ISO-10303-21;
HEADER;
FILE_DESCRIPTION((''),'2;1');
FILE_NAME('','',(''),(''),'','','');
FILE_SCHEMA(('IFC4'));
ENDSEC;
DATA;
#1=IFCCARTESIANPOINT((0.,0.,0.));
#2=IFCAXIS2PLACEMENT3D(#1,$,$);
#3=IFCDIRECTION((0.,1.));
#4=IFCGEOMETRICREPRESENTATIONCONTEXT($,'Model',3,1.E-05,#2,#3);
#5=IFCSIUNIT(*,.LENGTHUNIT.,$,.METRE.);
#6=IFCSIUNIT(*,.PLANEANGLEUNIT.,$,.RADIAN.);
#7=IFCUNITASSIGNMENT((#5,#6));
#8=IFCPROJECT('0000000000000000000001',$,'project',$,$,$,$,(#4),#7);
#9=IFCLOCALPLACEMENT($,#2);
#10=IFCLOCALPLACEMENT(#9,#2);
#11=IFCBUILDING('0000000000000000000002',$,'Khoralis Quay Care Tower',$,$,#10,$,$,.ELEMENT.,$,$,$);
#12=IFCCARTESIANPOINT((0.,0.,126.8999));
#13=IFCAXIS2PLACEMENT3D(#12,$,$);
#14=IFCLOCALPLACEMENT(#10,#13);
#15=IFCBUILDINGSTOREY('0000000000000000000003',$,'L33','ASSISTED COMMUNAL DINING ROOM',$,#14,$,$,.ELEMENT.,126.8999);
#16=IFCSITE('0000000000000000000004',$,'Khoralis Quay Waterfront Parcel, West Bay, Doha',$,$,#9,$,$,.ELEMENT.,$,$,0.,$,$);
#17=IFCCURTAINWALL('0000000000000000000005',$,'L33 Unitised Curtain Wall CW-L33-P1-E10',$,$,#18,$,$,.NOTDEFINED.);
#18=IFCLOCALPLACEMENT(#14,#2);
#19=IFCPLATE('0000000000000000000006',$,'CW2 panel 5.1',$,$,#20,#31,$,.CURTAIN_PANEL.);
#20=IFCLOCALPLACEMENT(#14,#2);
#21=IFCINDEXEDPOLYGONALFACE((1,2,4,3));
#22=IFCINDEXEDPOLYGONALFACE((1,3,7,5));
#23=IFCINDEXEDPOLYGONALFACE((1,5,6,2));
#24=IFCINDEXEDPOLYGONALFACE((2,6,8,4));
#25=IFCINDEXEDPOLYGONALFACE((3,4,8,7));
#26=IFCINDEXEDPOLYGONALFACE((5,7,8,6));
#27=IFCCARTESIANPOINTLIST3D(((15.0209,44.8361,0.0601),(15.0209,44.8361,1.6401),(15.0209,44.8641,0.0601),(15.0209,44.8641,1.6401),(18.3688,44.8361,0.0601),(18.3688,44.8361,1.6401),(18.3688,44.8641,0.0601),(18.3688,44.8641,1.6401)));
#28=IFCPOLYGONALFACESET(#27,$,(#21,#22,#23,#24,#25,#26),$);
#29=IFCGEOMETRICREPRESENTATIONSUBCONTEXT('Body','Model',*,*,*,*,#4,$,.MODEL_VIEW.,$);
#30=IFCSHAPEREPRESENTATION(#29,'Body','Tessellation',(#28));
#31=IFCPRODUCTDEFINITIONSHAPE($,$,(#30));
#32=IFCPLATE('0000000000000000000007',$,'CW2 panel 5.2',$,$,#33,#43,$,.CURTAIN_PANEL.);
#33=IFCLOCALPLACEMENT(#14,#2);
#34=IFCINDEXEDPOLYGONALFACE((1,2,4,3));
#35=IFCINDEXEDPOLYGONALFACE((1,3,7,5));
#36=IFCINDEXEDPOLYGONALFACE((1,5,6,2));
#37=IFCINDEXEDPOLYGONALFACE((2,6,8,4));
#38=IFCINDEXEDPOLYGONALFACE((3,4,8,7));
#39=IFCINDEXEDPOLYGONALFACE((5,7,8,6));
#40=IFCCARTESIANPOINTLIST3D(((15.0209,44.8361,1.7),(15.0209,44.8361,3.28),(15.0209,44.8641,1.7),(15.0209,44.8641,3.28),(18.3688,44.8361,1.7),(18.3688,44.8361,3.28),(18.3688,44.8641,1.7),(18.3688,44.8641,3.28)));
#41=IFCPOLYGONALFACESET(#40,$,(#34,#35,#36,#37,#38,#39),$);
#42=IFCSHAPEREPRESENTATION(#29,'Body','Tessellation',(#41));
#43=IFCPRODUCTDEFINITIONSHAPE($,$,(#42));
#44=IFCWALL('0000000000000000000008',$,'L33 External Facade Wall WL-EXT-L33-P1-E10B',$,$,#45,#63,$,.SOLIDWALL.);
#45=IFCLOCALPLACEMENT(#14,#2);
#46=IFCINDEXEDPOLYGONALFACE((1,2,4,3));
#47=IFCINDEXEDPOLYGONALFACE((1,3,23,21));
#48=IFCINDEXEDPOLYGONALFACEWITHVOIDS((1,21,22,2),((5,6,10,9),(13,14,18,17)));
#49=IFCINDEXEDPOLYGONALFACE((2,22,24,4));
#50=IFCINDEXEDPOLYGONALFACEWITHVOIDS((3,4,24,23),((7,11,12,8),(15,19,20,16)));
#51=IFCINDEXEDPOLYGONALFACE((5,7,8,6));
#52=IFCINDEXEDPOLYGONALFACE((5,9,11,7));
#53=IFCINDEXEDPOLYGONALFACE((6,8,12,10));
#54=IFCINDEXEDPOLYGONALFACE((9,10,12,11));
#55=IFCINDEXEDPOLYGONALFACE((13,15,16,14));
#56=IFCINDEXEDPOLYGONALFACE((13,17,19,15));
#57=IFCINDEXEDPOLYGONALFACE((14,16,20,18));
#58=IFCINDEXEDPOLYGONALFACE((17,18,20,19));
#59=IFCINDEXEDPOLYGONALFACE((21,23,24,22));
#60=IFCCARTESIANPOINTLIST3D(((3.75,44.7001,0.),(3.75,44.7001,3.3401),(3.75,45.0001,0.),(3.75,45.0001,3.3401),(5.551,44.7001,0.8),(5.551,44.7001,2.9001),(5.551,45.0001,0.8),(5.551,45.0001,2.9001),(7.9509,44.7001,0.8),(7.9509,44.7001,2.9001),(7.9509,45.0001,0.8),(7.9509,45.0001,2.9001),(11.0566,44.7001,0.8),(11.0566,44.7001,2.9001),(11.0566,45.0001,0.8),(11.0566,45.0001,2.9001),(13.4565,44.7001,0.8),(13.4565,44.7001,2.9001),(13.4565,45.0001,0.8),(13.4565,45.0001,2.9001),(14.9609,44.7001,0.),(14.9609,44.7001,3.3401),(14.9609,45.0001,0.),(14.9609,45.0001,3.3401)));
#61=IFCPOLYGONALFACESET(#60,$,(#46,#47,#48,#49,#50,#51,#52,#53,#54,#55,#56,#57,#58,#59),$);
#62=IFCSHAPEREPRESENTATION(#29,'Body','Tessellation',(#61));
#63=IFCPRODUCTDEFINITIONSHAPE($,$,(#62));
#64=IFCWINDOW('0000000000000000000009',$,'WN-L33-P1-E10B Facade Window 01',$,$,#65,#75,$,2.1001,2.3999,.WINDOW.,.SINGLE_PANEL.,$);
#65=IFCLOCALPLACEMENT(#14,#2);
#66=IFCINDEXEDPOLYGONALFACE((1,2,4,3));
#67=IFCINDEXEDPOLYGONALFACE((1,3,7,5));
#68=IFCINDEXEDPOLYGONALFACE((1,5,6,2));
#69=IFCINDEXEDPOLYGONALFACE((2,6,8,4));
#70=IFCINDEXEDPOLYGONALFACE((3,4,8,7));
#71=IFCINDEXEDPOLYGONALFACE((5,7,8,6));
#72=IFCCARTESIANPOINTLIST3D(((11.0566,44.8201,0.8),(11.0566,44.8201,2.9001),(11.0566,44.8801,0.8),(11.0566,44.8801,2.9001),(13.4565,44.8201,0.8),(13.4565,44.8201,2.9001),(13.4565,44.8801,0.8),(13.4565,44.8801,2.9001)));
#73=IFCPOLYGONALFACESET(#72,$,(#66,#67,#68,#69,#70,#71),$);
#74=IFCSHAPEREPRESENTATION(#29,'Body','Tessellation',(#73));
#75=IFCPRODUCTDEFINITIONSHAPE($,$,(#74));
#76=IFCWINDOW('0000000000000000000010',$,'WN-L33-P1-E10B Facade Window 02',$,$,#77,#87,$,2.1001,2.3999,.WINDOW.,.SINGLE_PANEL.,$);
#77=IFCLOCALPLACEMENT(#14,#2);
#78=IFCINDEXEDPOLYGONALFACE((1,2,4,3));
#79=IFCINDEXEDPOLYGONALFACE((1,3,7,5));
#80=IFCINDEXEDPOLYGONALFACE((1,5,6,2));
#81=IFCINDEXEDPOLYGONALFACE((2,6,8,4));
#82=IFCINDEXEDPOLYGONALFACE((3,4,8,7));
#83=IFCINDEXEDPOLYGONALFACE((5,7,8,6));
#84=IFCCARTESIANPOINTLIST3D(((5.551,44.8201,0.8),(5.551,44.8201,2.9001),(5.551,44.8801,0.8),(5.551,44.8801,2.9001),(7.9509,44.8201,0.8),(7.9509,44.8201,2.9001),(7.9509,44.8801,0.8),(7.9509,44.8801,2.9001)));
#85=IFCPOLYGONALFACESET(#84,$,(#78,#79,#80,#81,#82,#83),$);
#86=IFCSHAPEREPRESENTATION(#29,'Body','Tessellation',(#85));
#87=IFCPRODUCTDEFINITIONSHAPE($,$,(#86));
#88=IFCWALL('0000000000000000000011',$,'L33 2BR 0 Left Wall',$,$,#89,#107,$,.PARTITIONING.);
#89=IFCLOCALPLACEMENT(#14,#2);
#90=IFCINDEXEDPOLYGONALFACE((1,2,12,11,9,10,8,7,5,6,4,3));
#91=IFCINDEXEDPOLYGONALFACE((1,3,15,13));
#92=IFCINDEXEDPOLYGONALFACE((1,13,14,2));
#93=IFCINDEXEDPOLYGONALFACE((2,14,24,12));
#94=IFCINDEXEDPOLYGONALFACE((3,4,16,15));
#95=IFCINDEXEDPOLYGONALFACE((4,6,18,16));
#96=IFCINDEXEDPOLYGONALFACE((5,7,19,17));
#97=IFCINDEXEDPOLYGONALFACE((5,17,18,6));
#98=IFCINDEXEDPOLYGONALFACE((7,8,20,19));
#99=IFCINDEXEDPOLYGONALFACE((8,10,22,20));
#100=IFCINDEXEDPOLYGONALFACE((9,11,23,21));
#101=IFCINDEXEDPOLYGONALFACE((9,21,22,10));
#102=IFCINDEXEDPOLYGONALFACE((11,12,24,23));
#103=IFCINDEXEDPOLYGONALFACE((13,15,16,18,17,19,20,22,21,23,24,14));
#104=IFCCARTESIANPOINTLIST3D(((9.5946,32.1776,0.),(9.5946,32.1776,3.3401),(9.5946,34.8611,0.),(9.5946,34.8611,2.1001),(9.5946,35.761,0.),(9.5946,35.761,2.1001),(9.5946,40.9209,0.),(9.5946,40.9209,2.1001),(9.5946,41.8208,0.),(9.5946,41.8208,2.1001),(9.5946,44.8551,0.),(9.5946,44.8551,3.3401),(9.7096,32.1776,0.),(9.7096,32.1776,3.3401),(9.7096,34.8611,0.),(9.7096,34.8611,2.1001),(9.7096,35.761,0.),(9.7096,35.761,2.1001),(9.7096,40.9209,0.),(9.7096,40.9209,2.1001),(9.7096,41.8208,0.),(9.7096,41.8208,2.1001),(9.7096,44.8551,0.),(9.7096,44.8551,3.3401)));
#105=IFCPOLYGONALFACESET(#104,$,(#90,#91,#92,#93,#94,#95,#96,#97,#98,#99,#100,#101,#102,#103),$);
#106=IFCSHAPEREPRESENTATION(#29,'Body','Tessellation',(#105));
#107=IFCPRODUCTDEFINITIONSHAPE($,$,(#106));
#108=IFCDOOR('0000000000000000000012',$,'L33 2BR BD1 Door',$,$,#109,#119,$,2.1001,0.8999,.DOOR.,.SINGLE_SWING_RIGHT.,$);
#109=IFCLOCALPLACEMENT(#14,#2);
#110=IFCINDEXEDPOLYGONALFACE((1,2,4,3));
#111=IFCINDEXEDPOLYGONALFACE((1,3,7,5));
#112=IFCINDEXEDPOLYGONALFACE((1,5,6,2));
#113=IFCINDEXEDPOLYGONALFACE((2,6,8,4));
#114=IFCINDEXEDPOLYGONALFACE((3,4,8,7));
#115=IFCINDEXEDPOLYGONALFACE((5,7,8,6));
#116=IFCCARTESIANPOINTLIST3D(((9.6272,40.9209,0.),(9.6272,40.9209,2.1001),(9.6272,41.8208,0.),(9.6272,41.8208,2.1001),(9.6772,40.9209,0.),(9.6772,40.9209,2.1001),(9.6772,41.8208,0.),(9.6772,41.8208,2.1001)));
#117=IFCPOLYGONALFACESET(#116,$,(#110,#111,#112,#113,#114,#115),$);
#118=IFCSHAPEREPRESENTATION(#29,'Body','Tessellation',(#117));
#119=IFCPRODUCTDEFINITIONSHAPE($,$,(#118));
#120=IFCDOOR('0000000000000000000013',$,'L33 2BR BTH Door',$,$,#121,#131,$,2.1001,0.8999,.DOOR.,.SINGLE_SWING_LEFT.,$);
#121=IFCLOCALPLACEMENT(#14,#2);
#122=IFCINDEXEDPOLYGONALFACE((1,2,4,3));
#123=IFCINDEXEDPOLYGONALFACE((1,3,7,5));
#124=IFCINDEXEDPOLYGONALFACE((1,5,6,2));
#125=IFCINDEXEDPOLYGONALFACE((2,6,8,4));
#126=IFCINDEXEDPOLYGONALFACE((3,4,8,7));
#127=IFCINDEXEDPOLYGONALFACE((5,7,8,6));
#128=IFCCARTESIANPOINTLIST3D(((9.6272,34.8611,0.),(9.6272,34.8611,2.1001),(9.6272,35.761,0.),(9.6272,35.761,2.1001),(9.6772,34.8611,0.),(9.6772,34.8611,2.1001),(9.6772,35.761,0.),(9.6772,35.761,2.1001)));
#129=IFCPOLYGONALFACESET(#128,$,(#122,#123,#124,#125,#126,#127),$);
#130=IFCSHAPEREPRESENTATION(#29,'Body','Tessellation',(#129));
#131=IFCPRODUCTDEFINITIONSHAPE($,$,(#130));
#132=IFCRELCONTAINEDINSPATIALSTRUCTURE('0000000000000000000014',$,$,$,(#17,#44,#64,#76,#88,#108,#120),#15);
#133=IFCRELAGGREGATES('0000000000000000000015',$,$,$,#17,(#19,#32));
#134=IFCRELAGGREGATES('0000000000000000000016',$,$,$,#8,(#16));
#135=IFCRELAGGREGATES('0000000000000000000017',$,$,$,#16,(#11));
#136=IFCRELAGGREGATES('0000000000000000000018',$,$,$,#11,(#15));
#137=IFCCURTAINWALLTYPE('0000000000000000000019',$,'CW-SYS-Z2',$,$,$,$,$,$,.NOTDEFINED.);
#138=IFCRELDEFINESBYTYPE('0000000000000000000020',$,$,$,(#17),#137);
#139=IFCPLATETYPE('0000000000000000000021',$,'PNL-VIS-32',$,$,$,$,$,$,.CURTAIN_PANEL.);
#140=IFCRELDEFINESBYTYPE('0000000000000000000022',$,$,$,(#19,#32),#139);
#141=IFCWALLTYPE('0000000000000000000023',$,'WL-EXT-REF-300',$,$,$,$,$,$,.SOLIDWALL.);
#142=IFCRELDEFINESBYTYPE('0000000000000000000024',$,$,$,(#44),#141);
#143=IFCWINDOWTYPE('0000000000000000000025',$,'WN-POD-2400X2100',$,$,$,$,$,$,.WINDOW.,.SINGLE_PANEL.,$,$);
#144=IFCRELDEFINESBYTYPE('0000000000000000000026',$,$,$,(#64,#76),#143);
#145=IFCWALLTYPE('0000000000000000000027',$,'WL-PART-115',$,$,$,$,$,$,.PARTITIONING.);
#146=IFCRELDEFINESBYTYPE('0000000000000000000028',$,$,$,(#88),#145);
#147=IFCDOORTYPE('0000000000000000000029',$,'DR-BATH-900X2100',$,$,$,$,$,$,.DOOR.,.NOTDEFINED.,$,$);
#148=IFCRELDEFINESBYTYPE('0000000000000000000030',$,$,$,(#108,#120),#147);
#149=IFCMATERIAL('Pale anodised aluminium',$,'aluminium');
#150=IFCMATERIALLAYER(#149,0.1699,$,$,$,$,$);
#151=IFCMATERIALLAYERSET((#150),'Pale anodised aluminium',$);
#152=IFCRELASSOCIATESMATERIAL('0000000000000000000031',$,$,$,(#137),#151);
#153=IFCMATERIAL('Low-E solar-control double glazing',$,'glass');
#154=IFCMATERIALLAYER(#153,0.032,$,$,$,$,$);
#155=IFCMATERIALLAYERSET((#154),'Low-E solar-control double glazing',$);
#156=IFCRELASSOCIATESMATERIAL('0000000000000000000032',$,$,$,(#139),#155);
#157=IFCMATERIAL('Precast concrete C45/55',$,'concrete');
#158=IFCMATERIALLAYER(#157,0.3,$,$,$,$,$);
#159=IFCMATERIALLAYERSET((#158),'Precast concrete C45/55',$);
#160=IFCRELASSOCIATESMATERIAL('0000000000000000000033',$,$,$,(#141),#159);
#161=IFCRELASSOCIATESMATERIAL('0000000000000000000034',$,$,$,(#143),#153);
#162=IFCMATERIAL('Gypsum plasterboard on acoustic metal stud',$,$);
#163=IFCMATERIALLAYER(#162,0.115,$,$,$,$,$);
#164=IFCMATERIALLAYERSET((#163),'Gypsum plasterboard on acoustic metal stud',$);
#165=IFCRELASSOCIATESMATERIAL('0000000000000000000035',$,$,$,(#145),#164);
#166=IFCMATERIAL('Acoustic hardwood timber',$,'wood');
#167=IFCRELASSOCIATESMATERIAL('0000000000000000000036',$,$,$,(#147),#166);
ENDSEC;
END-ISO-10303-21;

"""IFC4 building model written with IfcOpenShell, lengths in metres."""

from ifc_helpers import new_model, si_unit, direction, frame, frame_2d, origin, origin_2d, place, context, subcontext, project, spatial, rectangle, extrude, source, transform, mapped, material, layer, layer_set, type_object, element, fill, aggregate, save


model = new_model("IFC4")

# Units and contexts
model_context = context("Model", 3, precision=1e-05, world=origin(), true_north=direction((0.0, 1.0)))
body_context = subcontext(model_context, "Body", "Model", "MODEL_VIEW")
ifc_project = project(units=[si_unit("LENGTHUNIT", "METRE"), si_unit("PLANEANGLEUNIT", "RADIAN")], contexts=[model_context])

# Site, building, storey
site_placement = place(None, origin())
site = spatial("IfcSite", under=ifc_project, at=site_placement, Name="Khoralis Quay Waterfront Parcel, West Bay, Doha", CompositionType="ELEMENT", RefElevation=0.0)
building_placement = place(site_placement, origin())
building = spatial("IfcBuilding", under=site, at=building_placement, Name="Khoralis Quay Care Tower", CompositionType="ELEMENT")
storey_placement = place(building_placement, frame((0.0, 0.0, 126.8999)))
storey = spatial("IfcBuildingStorey", under=building, at=storey_placement, Name="L33", Description="ASSISTED COMMUNAL DINING ROOM", CompositionType="ELEMENT", Elevation=126.8999)

# Curtain wall, plates
ifc_material_1 = material(Name="Pale anodised aluminium", Category="aluminium")
ifc_layer_1 = layer(ifc_material_1, 0.1699)
ifc_layer_set_1 = layer_set([ifc_layer_1], Name="Pale anodised aluminium")
curtain_wall_type = type_object("IfcCurtainWallType", Name="CW-SYS-Z2", PredefinedType="NOTDEFINED", material=ifc_layer_set_1)
curtain_wall_placement = place(storey_placement, origin())
curtain_wall = element("IfcCurtainWall", 1, at=curtain_wall_placement, inside=storey, type_object=curtain_wall_type, Name="L33 Unitised Curtain Wall CW-L33-P1-E10", PredefinedType="NOTDEFINED")
ifc_material_2 = material(Name="Low-E solar-control double glazing", Category="glass")
ifc_layer_2 = layer(ifc_material_2, 0.032)
ifc_layer_set_2 = layer_set([ifc_layer_2], Name="Low-E solar-control double glazing")
plate_type = type_object("IfcPlateType", Name="PNL-VIS-32", PredefinedType="CURTAIN_PANEL", material=ifc_layer_set_2)
shared_shape_1 = source(origin(), body_context, "Body", "SweptSolid", [
    extrude(rectangle(XDim=3.3479, YDim=0.0281, at=origin_2d()), origin(), (0.0, 0.0, 1.0), 1.5801),
])
plate_1_placement = place(storey_placement, frame((16.6948, 44.8501, 0.0601), z_axis=(0.0, 0.0, 1.0), x_axis=(-1.0, 0.0, 0.0)))
plate_1 = element("IfcPlate", 2, at=plate_1_placement, type_object=plate_type, Name="CW2 panel 5.1", PredefinedType="CURTAIN_PANEL", context=body_context, shape_type="MappedRepresentation", body=[
    mapped(shared_shape_1, transform((0.0, 0.0, 0.0), scale=1.0)),
])
plate_2_placement = place(storey_placement, frame((16.6948, 44.8501, 1.7), z_axis=(0.0, 0.0, 1.0), x_axis=(-1.0, 0.0, 0.0)))
plate_2 = element("IfcPlate", 3, at=plate_2_placement, type_object=plate_type, Name="CW2 panel 5.2", PredefinedType="CURTAIN_PANEL", context=body_context, shape_type="MappedRepresentation", body=[
    mapped(shared_shape_1, transform((0.0, 0.0, 0.0), scale=1.0)),
])
aggregate(curtain_wall, [plate_1, plate_2])

# Wall, openings, windows
ifc_material_3 = material(Name="Precast concrete C45/55", Category="concrete")
ifc_layer_3 = layer(ifc_material_3, 0.3)
ifc_layer_set_3 = layer_set([ifc_layer_3], Name="Precast concrete C45/55")
wall_type_1 = type_object("IfcWallType", Name="WL-EXT-REF-300", PredefinedType="SOLIDWALL", material=ifc_layer_set_3)
wall_1_placement = place(storey_placement, frame((14.9609, 44.8501, 0.0), z_axis=(0.0, 0.0, 1.0), x_axis=(-1.0, 0.0, 0.0)))
wall_1 = element("IfcWall", 4, at=wall_1_placement, inside=storey, type_object=wall_type_1, Name="L33 External Facade Wall WL-EXT-L33-P1-E10B", PredefinedType="SOLIDWALL", context=body_context, shape_type="SweptSolid", body=[
    extrude(rectangle(XDim=11.2109, YDim=0.3, at=frame_2d((5.6055, 0.0))), origin(), (0.0, 0.0, 1.0), 3.3401),
])
opening_1_placement = place(wall_1_placement, frame((1.5044, 0.0, 0.8)))
opening_1 = element("IfcOpeningElement", 5, at=opening_1_placement, cuts=wall_1, PredefinedType="OPENING", context=body_context, shape_type="SweptSolid", body=[
    extrude(rectangle(XDim=2.3999, YDim=2.1001, at=frame_2d((1.2, 1.05))), frame((0.0, 0.1602, 0.0), z_axis=(0.0, -1.0, 0.0), x_axis=(1.0, 0.0, 0.0)), (0.0, 0.0, 1.0), 0.3201),
])
opening_2_placement = place(wall_1_placement, frame((7.01, 0.0, 0.8)))
opening_2 = element("IfcOpeningElement", 6, at=opening_2_placement, cuts=wall_1, PredefinedType="OPENING", context=body_context, shape_type="SweptSolid", body=[
    extrude(rectangle(XDim=2.3999, YDim=2.1001, at=frame_2d((1.2, 1.05))), frame((0.0, 0.1602, 0.0), z_axis=(0.0, -1.0, 0.0), x_axis=(1.0, 0.0, 0.0)), (0.0, 0.0, 1.0), 0.3201),
])
window_type = type_object("IfcWindowType", Name="WN-POD-2400X2100", PartitioningType="SINGLE_PANEL", PredefinedType="WINDOW", material=ifc_material_2)
shared_shape_2 = source(origin(), body_context, "Body", "SweptSolid", [
    extrude(rectangle(XDim=2.3999, YDim=2.1001, at=frame_2d((1.2, 1.05))), frame((0.0, 0.03, 0.0), z_axis=(0.0, -1.0, 0.0), x_axis=(1.0, 0.0, 0.0)), (0.0, 0.0, 1.0), 0.0601),
])
window_1_placement = place(opening_1_placement, origin())
window_1 = element("IfcWindow", 7, at=window_1_placement, inside=storey, type_object=window_type, Name="WN-L33-P1-E10B Facade Window 01", OverallHeight=2.1001, OverallWidth=2.3999, PartitioningType="SINGLE_PANEL", PredefinedType="WINDOW", context=body_context, shape_type="MappedRepresentation", body=[
    mapped(shared_shape_2, transform((0.0, 0.0, 0.0), scale=1.0)),
])
fill(opening_1, window_1)
window_2_placement = place(opening_2_placement, origin())
window_2 = element("IfcWindow", 8, at=window_2_placement, inside=storey, type_object=window_type, Name="WN-L33-P1-E10B Facade Window 02", OverallHeight=2.1001, OverallWidth=2.3999, PartitioningType="SINGLE_PANEL", PredefinedType="WINDOW", context=body_context, shape_type="MappedRepresentation", body=[
    mapped(shared_shape_2, transform((0.0, 0.0, 0.0), scale=1.0)),
])
fill(opening_2, window_2)

# Wall, openings, doors
ifc_material_4 = material(Name="Gypsum plasterboard on acoustic metal stud")
ifc_layer_4 = layer(ifc_material_4, 0.115)
ifc_layer_set_4 = layer_set([ifc_layer_4], Name="Gypsum plasterboard on acoustic metal stud")
wall_type_2 = type_object("IfcWallType", Name="WL-PART-115", PredefinedType="PARTITIONING", material=ifc_layer_set_4)
wall_2_placement = place(storey_placement, frame((9.6521, 32.1775, 0.0), z_axis=(0.0, 0.0, 1.0), x_axis=(0.0, 1.0, 0.0)))
wall_2 = element("IfcWall", 9, at=wall_2_placement, inside=storey, type_object=wall_type_2, Name="L33 2BR 0 Left Wall", PredefinedType="PARTITIONING", context=body_context, shape_type="SweptSolid", body=[
    extrude(rectangle(XDim=12.6775, YDim=0.115, at=frame_2d((6.3389, 0.0))), origin(), (0.0, 0.0, 1.0), 3.3401),
])
opening_3_placement = place(wall_2_placement, frame((8.7434, 0.0, 0.0)))
opening_3 = element("IfcOpeningElement", 10, at=opening_3_placement, cuts=wall_2, PredefinedType="OPENING", context=body_context, shape_type="SweptSolid", body=[
    extrude(rectangle(XDim=0.8999, YDim=2.1001, at=frame_2d((0.45, 1.05))), frame((0.0, 0.0674, 0.0), z_axis=(0.0, -1.0, 0.0), x_axis=(1.0, 0.0, 0.0)), (0.0, 0.0, 1.0), 0.135),
])
opening_4_placement = place(wall_2_placement, frame((2.6836, 0.0, 0.0)))
opening_4 = element("IfcOpeningElement", 11, at=opening_4_placement, cuts=wall_2, PredefinedType="OPENING", context=body_context, shape_type="SweptSolid", body=[
    extrude(rectangle(XDim=0.8999, YDim=2.1001, at=frame_2d((0.45, 1.05))), frame((0.0, 0.0674, 0.0), z_axis=(0.0, -1.0, 0.0), x_axis=(1.0, 0.0, 0.0)), (0.0, 0.0, 1.0), 0.135),
])
ifc_material_5 = material(Name="Acoustic hardwood timber", Category="wood")
door_type = type_object("IfcDoorType", Name="DR-BATH-900X2100", OperationType="NOTDEFINED", PredefinedType="DOOR", material=ifc_material_5)
shared_shape_3 = source(origin(), body_context, "Body", "SweptSolid", [
    extrude(rectangle(XDim=0.8999, YDim=2.1001, at=frame_2d((0.45, 1.05))), frame((0.0, 0.0249, 0.0), z_axis=(0.0, -1.0, 0.0), x_axis=(1.0, 0.0, 0.0)), (0.0, 0.0, 1.0), 0.05),
])
door_1_placement = place(opening_3_placement, origin())
door_1 = element("IfcDoor", 12, at=door_1_placement, inside=storey, type_object=door_type, Name="L33 2BR BD1 Door", OperationType="SINGLE_SWING_RIGHT", OverallHeight=2.1001, OverallWidth=0.8999, PredefinedType="DOOR", context=body_context, shape_type="MappedRepresentation", body=[
    mapped(shared_shape_3, transform((0.0, 0.0, 0.0), scale=1.0)),
])
fill(opening_3, door_1)
door_2_placement = place(opening_4_placement, origin())
door_2 = element("IfcDoor", 13, at=door_2_placement, inside=storey, type_object=door_type, Name="L33 2BR BTH Door", OperationType="SINGLE_SWING_LEFT", OverallHeight=2.1001, OverallWidth=0.8999, PredefinedType="DOOR", context=body_context, shape_type="MappedRepresentation", body=[
    mapped(shared_shape_3, transform((0.0, 0.0, 0.0), scale=1.0)),
])
fill(opening_4, door_2)

save(model, "model.ifc")
